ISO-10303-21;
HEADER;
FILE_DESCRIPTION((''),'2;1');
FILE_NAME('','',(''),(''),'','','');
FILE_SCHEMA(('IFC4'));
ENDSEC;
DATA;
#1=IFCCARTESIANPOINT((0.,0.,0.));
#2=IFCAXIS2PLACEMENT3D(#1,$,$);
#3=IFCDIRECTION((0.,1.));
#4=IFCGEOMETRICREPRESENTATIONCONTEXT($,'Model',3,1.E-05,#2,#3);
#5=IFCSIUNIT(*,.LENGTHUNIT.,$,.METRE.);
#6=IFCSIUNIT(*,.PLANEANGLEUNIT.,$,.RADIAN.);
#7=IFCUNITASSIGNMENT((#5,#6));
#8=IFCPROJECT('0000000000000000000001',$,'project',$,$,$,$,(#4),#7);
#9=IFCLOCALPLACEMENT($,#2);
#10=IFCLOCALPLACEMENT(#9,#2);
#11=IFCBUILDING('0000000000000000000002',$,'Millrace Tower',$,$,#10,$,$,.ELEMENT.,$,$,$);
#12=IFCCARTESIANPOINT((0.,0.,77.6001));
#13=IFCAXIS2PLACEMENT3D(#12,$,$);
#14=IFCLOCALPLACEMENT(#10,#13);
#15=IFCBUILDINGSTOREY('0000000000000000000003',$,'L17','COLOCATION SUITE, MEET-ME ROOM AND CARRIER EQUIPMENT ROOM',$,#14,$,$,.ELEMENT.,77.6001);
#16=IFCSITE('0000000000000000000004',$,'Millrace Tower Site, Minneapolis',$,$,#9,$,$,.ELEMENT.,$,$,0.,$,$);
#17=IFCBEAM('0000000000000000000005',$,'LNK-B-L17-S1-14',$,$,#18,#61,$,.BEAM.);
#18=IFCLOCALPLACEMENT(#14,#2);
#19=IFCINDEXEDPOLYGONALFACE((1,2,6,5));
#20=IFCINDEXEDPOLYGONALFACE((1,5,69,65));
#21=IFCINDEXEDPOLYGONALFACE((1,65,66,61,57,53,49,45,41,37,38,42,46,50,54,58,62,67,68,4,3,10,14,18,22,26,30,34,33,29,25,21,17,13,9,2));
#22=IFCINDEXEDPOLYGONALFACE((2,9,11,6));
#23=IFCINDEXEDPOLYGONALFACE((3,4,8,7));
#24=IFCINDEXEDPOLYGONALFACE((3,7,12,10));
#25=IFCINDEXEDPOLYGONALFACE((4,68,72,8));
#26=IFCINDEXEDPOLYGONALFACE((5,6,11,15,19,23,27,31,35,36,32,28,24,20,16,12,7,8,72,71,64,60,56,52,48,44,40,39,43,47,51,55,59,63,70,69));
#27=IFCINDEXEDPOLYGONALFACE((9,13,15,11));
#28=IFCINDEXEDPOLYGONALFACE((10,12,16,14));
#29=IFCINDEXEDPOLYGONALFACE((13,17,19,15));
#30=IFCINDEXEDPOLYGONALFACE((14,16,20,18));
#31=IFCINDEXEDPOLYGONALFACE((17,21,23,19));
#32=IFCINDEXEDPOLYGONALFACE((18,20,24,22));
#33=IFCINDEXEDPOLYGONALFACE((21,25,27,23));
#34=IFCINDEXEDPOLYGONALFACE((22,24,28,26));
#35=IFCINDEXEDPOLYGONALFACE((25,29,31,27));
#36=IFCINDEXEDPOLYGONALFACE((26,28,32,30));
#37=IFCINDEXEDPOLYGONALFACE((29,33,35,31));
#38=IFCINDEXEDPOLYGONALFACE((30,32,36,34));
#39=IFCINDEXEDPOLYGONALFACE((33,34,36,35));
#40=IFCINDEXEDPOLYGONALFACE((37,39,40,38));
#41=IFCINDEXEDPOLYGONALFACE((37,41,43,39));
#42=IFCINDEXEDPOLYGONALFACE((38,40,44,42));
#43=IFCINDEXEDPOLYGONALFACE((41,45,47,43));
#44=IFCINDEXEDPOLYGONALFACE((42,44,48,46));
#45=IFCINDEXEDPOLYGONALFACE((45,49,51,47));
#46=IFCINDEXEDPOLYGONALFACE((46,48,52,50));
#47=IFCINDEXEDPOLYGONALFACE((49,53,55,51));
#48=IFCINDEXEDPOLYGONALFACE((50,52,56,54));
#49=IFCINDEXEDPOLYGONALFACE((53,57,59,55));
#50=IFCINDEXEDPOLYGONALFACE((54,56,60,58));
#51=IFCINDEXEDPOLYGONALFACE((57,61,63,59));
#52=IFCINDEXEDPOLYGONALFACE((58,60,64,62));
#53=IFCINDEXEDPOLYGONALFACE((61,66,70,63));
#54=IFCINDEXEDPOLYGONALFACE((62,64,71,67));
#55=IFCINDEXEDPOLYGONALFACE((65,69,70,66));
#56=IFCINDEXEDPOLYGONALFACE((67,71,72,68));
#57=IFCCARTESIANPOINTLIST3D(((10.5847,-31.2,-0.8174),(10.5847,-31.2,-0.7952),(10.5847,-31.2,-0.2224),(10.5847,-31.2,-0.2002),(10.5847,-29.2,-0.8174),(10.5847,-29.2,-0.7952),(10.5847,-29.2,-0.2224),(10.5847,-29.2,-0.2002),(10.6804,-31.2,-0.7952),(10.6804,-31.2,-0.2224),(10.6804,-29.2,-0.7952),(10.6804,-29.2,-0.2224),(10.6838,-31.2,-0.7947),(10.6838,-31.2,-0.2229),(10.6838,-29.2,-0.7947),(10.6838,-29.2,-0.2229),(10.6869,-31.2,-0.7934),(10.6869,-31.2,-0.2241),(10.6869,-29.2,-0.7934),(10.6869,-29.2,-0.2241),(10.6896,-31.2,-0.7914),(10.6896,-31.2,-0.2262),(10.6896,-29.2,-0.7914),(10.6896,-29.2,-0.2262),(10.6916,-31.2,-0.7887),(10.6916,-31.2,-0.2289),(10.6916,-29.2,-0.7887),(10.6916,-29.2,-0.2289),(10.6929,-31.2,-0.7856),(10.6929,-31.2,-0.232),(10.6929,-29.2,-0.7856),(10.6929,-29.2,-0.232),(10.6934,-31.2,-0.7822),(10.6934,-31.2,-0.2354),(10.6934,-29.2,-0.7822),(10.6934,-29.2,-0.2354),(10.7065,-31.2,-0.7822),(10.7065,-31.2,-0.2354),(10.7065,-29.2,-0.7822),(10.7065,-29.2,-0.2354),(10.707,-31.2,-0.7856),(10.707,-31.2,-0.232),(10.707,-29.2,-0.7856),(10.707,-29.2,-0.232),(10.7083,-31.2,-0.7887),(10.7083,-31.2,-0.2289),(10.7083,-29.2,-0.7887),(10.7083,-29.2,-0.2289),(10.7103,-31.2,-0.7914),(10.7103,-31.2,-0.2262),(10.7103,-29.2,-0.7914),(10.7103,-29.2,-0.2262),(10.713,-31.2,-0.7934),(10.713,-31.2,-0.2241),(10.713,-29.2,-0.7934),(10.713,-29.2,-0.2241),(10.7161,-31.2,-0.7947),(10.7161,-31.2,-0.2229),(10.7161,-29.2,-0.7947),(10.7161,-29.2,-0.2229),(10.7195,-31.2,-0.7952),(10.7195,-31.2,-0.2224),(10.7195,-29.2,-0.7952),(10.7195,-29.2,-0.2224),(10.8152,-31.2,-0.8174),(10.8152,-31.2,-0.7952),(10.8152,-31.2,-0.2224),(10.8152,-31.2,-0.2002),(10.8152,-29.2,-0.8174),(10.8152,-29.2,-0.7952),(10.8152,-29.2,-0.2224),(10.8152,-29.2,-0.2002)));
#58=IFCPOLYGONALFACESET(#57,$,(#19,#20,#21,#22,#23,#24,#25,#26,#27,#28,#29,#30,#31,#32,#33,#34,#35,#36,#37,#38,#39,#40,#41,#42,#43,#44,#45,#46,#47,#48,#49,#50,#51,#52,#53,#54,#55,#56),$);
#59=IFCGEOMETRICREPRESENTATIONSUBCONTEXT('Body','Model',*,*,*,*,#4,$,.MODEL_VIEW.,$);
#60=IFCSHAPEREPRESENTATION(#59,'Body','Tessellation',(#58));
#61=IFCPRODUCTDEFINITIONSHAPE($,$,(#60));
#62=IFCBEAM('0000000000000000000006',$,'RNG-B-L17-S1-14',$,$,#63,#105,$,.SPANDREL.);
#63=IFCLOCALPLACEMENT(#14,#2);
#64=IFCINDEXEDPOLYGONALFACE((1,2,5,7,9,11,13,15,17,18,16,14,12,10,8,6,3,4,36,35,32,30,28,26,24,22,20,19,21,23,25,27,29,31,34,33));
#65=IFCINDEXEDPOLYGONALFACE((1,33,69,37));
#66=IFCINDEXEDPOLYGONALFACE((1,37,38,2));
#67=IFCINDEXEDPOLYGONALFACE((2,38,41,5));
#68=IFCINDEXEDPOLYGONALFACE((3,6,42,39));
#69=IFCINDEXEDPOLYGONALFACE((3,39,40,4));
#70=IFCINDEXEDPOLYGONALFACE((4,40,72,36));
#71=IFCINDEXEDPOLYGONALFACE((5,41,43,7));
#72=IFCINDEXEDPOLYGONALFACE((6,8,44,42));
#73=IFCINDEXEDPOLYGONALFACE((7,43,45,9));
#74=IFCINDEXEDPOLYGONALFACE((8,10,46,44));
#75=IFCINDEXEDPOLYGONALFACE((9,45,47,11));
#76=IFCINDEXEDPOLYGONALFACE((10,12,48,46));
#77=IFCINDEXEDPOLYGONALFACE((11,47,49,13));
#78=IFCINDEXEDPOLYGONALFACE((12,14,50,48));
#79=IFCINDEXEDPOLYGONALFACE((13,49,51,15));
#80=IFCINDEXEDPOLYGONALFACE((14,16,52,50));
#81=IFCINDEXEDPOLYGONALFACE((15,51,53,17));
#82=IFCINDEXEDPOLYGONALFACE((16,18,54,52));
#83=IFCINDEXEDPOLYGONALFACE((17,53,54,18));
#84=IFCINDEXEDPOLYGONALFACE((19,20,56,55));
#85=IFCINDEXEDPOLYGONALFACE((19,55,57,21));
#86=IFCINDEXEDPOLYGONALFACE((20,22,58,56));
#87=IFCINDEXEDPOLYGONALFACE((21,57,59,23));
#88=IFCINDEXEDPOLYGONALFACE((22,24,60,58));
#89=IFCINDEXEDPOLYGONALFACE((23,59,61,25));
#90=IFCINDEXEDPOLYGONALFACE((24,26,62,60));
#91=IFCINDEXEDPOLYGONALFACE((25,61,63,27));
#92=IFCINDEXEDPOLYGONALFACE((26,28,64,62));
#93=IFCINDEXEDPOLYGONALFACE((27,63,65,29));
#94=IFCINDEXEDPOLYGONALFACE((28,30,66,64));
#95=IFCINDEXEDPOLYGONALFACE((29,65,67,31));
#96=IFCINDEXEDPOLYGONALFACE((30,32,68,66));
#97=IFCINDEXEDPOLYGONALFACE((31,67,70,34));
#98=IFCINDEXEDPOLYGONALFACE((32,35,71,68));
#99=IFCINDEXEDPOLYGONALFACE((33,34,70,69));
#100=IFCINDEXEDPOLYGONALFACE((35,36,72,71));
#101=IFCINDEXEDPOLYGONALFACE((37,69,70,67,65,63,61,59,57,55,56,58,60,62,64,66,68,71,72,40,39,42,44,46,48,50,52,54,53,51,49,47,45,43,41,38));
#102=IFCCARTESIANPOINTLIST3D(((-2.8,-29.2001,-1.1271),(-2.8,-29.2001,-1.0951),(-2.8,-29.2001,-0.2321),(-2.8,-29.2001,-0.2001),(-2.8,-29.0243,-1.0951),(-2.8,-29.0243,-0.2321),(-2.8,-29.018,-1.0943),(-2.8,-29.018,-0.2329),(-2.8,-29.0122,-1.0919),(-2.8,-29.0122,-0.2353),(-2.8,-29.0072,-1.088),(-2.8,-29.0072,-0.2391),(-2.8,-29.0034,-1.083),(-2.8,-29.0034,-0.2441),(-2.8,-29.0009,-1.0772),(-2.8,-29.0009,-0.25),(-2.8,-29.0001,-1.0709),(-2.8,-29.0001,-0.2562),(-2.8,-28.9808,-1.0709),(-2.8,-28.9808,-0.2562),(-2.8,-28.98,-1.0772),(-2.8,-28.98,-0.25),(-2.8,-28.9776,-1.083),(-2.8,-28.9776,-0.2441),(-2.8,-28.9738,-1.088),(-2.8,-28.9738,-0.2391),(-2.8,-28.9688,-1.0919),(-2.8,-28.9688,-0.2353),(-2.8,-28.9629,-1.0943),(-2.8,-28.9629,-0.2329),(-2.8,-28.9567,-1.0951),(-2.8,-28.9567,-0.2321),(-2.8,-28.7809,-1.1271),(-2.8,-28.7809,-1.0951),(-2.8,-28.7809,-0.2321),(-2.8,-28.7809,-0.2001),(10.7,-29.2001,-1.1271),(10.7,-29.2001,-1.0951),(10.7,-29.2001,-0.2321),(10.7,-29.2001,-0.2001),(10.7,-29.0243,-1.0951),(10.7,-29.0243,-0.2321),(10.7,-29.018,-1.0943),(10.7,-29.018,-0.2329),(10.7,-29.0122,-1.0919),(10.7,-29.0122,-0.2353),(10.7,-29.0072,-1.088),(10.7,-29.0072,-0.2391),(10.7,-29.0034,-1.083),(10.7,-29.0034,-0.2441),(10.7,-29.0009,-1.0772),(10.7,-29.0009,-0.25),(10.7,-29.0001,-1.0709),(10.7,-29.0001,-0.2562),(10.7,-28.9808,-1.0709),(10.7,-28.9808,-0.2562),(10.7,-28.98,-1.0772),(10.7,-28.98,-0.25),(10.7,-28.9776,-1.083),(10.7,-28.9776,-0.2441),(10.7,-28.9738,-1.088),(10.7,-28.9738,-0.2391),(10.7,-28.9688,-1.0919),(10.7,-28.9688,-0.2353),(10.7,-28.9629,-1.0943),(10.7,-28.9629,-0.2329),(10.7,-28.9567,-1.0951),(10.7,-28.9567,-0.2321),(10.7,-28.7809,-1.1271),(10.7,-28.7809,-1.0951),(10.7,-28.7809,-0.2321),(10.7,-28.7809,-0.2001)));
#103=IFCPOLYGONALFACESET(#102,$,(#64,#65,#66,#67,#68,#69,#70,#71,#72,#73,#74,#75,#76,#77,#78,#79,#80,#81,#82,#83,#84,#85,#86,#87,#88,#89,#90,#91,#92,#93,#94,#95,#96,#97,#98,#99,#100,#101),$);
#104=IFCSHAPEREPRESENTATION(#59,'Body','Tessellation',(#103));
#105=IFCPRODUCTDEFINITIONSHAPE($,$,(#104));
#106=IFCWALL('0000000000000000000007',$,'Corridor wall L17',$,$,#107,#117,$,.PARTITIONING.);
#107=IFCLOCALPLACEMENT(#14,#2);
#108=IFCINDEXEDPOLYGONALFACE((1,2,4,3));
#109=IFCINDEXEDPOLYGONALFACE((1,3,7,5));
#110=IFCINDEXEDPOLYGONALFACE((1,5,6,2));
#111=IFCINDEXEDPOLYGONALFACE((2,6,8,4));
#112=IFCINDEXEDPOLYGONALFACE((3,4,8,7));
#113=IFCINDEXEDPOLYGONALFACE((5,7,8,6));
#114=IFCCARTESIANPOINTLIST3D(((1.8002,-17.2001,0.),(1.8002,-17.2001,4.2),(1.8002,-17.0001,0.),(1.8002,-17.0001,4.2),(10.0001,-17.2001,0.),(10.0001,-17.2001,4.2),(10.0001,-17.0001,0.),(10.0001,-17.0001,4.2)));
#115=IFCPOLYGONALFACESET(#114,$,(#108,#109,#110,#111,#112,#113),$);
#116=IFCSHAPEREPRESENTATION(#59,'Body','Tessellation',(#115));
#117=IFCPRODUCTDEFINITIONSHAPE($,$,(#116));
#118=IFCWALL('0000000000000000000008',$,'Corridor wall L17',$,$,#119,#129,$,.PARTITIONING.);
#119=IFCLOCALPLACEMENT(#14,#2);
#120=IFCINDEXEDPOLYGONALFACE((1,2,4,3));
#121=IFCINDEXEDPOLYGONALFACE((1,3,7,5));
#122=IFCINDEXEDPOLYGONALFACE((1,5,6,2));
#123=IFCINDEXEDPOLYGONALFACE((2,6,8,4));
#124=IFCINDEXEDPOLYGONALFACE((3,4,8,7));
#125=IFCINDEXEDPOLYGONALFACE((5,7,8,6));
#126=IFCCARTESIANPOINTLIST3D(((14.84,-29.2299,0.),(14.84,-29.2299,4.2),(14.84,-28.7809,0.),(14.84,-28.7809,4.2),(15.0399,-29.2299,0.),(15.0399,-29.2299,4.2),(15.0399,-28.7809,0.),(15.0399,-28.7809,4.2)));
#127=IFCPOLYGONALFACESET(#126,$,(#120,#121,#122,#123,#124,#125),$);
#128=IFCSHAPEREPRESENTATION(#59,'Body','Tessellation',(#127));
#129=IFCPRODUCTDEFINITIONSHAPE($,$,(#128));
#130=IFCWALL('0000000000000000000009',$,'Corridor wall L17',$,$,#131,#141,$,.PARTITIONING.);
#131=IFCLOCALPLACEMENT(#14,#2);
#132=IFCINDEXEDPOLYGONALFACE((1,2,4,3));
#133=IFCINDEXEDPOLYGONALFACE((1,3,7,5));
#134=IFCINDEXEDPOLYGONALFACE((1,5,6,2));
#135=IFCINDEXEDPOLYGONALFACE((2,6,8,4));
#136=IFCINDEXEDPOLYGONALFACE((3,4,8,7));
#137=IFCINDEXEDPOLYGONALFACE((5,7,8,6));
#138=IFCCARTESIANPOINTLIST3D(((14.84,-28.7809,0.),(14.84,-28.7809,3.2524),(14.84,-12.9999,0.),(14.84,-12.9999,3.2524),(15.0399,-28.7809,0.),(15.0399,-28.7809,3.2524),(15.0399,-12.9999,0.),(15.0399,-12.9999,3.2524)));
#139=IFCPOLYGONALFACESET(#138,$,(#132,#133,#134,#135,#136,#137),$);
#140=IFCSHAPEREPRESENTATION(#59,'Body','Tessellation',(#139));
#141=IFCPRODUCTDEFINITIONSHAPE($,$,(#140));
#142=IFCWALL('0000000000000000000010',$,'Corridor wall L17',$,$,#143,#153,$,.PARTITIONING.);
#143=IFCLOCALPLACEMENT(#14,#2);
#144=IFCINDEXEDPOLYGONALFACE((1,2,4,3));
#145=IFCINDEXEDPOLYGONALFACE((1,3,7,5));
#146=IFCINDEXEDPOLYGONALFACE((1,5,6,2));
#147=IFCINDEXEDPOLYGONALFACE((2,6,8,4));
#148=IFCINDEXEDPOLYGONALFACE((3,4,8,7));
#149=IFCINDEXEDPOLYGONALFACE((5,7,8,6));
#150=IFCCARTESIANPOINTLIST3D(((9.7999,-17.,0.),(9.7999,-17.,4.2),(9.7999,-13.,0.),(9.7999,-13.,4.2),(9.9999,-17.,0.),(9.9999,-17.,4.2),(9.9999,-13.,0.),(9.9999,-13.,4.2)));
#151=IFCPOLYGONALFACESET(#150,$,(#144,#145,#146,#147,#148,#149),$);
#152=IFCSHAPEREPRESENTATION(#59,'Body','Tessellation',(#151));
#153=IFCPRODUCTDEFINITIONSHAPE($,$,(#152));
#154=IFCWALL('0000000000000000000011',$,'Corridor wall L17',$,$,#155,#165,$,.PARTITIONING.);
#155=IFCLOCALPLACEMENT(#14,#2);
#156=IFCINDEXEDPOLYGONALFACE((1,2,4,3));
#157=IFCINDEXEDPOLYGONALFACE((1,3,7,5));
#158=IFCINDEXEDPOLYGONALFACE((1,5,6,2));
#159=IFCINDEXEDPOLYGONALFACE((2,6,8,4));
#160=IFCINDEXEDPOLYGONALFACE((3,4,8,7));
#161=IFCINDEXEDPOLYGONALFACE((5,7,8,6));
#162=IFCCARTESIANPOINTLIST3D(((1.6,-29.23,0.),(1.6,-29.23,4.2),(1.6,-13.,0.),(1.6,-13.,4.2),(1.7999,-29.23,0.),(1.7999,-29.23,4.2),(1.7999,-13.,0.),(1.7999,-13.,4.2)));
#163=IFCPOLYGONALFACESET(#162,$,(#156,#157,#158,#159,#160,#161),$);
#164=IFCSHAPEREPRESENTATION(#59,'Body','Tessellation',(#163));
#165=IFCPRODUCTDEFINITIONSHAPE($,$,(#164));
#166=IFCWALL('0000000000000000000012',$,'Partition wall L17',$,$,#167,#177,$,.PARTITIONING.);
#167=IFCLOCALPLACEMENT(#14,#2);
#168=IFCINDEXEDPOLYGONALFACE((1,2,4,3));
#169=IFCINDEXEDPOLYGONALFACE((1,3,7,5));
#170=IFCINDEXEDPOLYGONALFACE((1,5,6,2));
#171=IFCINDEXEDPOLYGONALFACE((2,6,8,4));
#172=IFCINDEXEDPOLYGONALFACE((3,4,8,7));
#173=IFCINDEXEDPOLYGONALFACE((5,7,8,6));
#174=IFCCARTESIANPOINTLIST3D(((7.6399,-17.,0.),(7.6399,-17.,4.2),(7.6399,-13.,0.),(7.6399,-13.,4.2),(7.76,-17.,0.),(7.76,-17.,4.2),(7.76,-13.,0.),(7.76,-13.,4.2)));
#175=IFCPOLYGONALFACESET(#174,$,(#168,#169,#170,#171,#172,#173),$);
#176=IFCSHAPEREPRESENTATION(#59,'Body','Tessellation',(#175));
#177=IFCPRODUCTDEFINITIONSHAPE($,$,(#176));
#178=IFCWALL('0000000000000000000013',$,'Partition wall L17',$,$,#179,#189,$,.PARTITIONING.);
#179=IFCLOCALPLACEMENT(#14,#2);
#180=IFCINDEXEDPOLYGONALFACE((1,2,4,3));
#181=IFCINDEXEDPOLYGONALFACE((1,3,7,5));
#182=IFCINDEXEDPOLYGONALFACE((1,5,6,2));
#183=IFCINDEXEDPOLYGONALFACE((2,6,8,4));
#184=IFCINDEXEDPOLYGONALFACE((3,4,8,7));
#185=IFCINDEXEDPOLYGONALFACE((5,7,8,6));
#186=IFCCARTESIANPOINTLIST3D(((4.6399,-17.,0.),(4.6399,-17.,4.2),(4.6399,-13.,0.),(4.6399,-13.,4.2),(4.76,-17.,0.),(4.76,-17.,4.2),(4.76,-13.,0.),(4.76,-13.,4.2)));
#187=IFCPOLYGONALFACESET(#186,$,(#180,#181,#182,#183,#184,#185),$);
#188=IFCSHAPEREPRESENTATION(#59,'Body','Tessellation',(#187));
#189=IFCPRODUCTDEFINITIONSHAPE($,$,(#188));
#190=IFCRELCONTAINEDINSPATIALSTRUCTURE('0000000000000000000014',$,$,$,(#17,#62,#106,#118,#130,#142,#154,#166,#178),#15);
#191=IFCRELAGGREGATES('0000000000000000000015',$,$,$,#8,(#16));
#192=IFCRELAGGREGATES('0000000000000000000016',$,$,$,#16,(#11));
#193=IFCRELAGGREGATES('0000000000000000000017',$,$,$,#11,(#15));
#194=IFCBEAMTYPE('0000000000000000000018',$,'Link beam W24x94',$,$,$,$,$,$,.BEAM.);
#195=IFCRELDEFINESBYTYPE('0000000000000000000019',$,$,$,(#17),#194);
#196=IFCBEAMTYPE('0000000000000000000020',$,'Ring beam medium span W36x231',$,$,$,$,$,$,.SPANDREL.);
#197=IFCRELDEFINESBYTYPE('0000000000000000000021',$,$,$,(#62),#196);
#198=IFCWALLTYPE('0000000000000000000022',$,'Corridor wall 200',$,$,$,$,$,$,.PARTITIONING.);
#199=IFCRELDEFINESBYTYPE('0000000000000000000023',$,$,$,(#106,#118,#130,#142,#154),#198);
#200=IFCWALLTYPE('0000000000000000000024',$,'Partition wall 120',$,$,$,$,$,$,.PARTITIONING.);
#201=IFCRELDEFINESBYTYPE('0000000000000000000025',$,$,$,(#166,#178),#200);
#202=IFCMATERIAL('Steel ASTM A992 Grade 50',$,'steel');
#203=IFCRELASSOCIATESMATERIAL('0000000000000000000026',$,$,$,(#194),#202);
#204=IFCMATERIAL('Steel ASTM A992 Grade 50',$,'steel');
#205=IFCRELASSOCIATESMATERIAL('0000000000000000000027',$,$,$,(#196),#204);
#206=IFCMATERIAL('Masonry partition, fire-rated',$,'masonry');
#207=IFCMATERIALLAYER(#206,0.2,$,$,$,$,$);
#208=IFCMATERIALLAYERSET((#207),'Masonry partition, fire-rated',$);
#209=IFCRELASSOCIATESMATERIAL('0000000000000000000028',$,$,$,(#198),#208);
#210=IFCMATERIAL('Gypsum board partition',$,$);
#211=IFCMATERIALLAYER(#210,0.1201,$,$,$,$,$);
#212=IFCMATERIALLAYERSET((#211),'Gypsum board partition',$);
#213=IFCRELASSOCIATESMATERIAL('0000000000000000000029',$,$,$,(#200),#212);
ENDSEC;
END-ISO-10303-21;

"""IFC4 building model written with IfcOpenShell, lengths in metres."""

from ifc_helpers import new_model, si_unit, direction, frame, frame_2d, origin, origin_2d, place, context, subcontext, project, spatial, rectangle, i_section, extrude, material, layer, layer_set, material_profile, profile_set, type_object, element, save


model = new_model("IFC4")

# Units and contexts
model_context = context("Model", 3, precision=1e-05, world=origin(), true_north=direction((0.0, 1.0)))
body_context = subcontext(model_context, "Body", "Model", "MODEL_VIEW")
ifc_project = project(units=[si_unit("LENGTHUNIT", "METRE"), si_unit("PLANEANGLEUNIT", "RADIAN")], contexts=[model_context])

# Site, building, storey
site_placement = place(None, origin())
site = spatial("IfcSite", under=ifc_project, at=site_placement, Name="Millrace Tower Site, Minneapolis", CompositionType="ELEMENT", RefElevation=0.0)
building_placement = place(site_placement, origin())
building = spatial("IfcBuilding", under=site, at=building_placement, Name="Millrace Tower", CompositionType="ELEMENT")
storey_placement = place(building_placement, frame((0.0, 0.0, 77.6001)))
storey = spatial("IfcBuildingStorey", under=building, at=storey_placement, Name="L17", Description="COLOCATION SUITE, MEET-ME ROOM AND CARRIER EQUIPMENT ROOM", CompositionType="ELEMENT", Elevation=77.6001)

# Beams
ifc_material_1 = material(Name="Steel ASTM A992 Grade 50", Category="steel")
ifc_material_profile_1 = material_profile(ifc_material_1, i_section(OverallWidth=0.2305, OverallDepth=0.6172, WebThickness=0.0132, FlangeThickness=0.0222, FilletRadius=0.0129, at=origin_2d()))
ifc_profile_set_1 = profile_set([ifc_material_profile_1], Name="Steel ASTM A992 Grade 50")
beam_type_1 = type_object("IfcBeamType", Name="Link beam W24x94", PredefinedType="BEAM", material=ifc_profile_set_1)
beam_1_placement = place(storey_placement, frame((10.7, -29.2, -0.5088), z_axis=(0.0, -1.0, 0.0), x_axis=(1.0, 0.0, 0.0)))
element("IfcBeam", 1, at=beam_1_placement, inside=storey, type_object=beam_type_1, Name="LNK-B-L17-S1-14", PredefinedType="BEAM", context=body_context, shape_type="SweptSolid", body=[
    extrude(i_section(OverallWidth=0.2305, OverallDepth=0.6172, WebThickness=0.0132, FlangeThickness=0.0222, FilletRadius=0.0129, at=origin_2d()), origin(), (0.0, 0.0, 1.0), 2.0),
])
ifc_material_2 = material(Name="Steel ASTM A992 Grade 50", Category="steel")
ifc_material_profile_2 = material_profile(ifc_material_2, i_section(OverallWidth=0.4192, OverallDepth=0.927, WebThickness=0.0193, FlangeThickness=0.032, FilletRadius=0.0242, at=origin_2d()))
ifc_profile_set_2 = profile_set([ifc_material_profile_2], Name="Steel ASTM A992 Grade 50")
beam_type_2 = type_object("IfcBeamType", Name="Ring beam medium span W36x231", PredefinedType="SPANDREL", material=ifc_profile_set_2)
beam_2_placement = place(storey_placement, frame((10.7, -28.9905, -0.6636), z_axis=(-1.0, 0.0, 0.0), x_axis=(0.0, -1.0, 0.0)))
element("IfcBeam", 2, at=beam_2_placement, inside=storey, type_object=beam_type_2, Name="RNG-B-L17-S1-14", PredefinedType="SPANDREL", context=body_context, shape_type="SweptSolid", body=[
    extrude(i_section(OverallWidth=0.4192, OverallDepth=0.927, WebThickness=0.0193, FlangeThickness=0.032, FilletRadius=0.0242, at=origin_2d()), origin(), (0.0, 0.0, 1.0), 13.5),
])

# Walls
ifc_material_3 = material(Name="Masonry partition, fire-rated", Category="masonry")
ifc_layer_1 = layer(ifc_material_3, 0.2)
ifc_layer_set_1 = layer_set([ifc_layer_1], Name="Masonry partition, fire-rated")
wall_type_1 = type_object("IfcWallType", Name="Corridor wall 200", PredefinedType="PARTITIONING", material=ifc_layer_set_1)
wall_1_placement = place(storey_placement, frame((1.8, -17.1001, 0.0), z_axis=(0.0, 0.0, 1.0), x_axis=(1.0, 0.0, 0.0)))
element("IfcWall", 3, at=wall_1_placement, inside=storey, type_object=wall_type_1, Name="Corridor wall L17", PredefinedType="PARTITIONING", context=body_context, shape_type="SweptSolid", body=[
    extrude(rectangle(XDim=8.2, YDim=0.2, at=frame_2d((4.1001, 0.0))), origin(), (0.0, 0.0, 1.0), 4.2),
])
wall_2_placement = place(storey_placement, frame((14.9399, -29.23, 0.0), z_axis=(0.0, 0.0, 1.0), x_axis=(0.0, 1.0, 0.0)))
element("IfcWall", 4, at=wall_2_placement, inside=storey, type_object=wall_type_1, Name="Corridor wall L17", PredefinedType="PARTITIONING", context=body_context, shape_type="SweptSolid", body=[
    extrude(rectangle(XDim=0.449, YDim=0.2, at=frame_2d((0.2246, 0.0))), origin(), (0.0, 0.0, 1.0), 4.2),
])
wall_3_placement = place(storey_placement, frame((14.9399, -28.781, 0.0), z_axis=(0.0, 0.0, 1.0), x_axis=(0.0, 1.0, 0.0)))
element("IfcWall", 5, at=wall_3_placement, inside=storey, type_object=wall_type_1, Name="Corridor wall L17", PredefinedType="PARTITIONING", context=body_context, shape_type="SweptSolid", body=[
    extrude(rectangle(XDim=15.781, YDim=0.2, at=frame_2d((7.8906, 0.0))), origin(), (0.0, 0.0, 1.0), 3.2524),
])
wall_4_placement = place(storey_placement, frame((9.8999, -17.0, 0.0), z_axis=(0.0, 0.0, 1.0), x_axis=(0.0, 1.0, 0.0)))
element("IfcWall", 6, at=wall_4_placement, inside=storey, type_object=wall_type_1, Name="Corridor wall L17", PredefinedType="PARTITIONING", context=body_context, shape_type="SweptSolid", body=[
    extrude(rectangle(XDim=4.0, YDim=0.2, at=frame_2d((2.0, 0.0))), origin(), (0.0, 0.0, 1.0), 4.2),
])
wall_5_placement = place(storey_placement, frame((1.7, -29.23, 0.0), z_axis=(0.0, 0.0, 1.0), x_axis=(0.0, 1.0, 0.0)))
element("IfcWall", 7, at=wall_5_placement, inside=storey, type_object=wall_type_1, Name="Corridor wall L17", PredefinedType="PARTITIONING", context=body_context, shape_type="SweptSolid", body=[
    extrude(rectangle(XDim=16.23, YDim=0.2, at=frame_2d((8.115, 0.0))), origin(), (0.0, 0.0, 1.0), 4.2),
])
ifc_material_4 = material(Name="Gypsum board partition")
ifc_layer_2 = layer(ifc_material_4, 0.1201)
ifc_layer_set_2 = layer_set([ifc_layer_2], Name="Gypsum board partition")
wall_type_2 = type_object("IfcWallType", Name="Partition wall 120", PredefinedType="PARTITIONING", material=ifc_layer_set_2)
for number, where, z_axis, x_axis, name in (
    (8, (7.7, -17.0, 0.0), (0.0, 0.0, 1.0), (0.0, 1.0, 0.0), "Partition wall L17"),
    (9, (4.7, -17.0, 0.0), (0.0, 0.0, 1.0), (0.0, 1.0, 0.0), "Partition wall L17"),
):
    element("IfcWall", number, at=place(storey_placement, frame(where, z_axis=z_axis, x_axis=x_axis)), inside=storey, type_object=wall_type_2, Name=name, PredefinedType="PARTITIONING", context=body_context, shape_type="SweptSolid", body=[
        extrude(rectangle(XDim=4.0, YDim=0.1201, at=frame_2d((2.0, 0.0))), origin(), (0.0, 0.0, 1.0), 4.2),
    ])

save(model, "model.ifc")
